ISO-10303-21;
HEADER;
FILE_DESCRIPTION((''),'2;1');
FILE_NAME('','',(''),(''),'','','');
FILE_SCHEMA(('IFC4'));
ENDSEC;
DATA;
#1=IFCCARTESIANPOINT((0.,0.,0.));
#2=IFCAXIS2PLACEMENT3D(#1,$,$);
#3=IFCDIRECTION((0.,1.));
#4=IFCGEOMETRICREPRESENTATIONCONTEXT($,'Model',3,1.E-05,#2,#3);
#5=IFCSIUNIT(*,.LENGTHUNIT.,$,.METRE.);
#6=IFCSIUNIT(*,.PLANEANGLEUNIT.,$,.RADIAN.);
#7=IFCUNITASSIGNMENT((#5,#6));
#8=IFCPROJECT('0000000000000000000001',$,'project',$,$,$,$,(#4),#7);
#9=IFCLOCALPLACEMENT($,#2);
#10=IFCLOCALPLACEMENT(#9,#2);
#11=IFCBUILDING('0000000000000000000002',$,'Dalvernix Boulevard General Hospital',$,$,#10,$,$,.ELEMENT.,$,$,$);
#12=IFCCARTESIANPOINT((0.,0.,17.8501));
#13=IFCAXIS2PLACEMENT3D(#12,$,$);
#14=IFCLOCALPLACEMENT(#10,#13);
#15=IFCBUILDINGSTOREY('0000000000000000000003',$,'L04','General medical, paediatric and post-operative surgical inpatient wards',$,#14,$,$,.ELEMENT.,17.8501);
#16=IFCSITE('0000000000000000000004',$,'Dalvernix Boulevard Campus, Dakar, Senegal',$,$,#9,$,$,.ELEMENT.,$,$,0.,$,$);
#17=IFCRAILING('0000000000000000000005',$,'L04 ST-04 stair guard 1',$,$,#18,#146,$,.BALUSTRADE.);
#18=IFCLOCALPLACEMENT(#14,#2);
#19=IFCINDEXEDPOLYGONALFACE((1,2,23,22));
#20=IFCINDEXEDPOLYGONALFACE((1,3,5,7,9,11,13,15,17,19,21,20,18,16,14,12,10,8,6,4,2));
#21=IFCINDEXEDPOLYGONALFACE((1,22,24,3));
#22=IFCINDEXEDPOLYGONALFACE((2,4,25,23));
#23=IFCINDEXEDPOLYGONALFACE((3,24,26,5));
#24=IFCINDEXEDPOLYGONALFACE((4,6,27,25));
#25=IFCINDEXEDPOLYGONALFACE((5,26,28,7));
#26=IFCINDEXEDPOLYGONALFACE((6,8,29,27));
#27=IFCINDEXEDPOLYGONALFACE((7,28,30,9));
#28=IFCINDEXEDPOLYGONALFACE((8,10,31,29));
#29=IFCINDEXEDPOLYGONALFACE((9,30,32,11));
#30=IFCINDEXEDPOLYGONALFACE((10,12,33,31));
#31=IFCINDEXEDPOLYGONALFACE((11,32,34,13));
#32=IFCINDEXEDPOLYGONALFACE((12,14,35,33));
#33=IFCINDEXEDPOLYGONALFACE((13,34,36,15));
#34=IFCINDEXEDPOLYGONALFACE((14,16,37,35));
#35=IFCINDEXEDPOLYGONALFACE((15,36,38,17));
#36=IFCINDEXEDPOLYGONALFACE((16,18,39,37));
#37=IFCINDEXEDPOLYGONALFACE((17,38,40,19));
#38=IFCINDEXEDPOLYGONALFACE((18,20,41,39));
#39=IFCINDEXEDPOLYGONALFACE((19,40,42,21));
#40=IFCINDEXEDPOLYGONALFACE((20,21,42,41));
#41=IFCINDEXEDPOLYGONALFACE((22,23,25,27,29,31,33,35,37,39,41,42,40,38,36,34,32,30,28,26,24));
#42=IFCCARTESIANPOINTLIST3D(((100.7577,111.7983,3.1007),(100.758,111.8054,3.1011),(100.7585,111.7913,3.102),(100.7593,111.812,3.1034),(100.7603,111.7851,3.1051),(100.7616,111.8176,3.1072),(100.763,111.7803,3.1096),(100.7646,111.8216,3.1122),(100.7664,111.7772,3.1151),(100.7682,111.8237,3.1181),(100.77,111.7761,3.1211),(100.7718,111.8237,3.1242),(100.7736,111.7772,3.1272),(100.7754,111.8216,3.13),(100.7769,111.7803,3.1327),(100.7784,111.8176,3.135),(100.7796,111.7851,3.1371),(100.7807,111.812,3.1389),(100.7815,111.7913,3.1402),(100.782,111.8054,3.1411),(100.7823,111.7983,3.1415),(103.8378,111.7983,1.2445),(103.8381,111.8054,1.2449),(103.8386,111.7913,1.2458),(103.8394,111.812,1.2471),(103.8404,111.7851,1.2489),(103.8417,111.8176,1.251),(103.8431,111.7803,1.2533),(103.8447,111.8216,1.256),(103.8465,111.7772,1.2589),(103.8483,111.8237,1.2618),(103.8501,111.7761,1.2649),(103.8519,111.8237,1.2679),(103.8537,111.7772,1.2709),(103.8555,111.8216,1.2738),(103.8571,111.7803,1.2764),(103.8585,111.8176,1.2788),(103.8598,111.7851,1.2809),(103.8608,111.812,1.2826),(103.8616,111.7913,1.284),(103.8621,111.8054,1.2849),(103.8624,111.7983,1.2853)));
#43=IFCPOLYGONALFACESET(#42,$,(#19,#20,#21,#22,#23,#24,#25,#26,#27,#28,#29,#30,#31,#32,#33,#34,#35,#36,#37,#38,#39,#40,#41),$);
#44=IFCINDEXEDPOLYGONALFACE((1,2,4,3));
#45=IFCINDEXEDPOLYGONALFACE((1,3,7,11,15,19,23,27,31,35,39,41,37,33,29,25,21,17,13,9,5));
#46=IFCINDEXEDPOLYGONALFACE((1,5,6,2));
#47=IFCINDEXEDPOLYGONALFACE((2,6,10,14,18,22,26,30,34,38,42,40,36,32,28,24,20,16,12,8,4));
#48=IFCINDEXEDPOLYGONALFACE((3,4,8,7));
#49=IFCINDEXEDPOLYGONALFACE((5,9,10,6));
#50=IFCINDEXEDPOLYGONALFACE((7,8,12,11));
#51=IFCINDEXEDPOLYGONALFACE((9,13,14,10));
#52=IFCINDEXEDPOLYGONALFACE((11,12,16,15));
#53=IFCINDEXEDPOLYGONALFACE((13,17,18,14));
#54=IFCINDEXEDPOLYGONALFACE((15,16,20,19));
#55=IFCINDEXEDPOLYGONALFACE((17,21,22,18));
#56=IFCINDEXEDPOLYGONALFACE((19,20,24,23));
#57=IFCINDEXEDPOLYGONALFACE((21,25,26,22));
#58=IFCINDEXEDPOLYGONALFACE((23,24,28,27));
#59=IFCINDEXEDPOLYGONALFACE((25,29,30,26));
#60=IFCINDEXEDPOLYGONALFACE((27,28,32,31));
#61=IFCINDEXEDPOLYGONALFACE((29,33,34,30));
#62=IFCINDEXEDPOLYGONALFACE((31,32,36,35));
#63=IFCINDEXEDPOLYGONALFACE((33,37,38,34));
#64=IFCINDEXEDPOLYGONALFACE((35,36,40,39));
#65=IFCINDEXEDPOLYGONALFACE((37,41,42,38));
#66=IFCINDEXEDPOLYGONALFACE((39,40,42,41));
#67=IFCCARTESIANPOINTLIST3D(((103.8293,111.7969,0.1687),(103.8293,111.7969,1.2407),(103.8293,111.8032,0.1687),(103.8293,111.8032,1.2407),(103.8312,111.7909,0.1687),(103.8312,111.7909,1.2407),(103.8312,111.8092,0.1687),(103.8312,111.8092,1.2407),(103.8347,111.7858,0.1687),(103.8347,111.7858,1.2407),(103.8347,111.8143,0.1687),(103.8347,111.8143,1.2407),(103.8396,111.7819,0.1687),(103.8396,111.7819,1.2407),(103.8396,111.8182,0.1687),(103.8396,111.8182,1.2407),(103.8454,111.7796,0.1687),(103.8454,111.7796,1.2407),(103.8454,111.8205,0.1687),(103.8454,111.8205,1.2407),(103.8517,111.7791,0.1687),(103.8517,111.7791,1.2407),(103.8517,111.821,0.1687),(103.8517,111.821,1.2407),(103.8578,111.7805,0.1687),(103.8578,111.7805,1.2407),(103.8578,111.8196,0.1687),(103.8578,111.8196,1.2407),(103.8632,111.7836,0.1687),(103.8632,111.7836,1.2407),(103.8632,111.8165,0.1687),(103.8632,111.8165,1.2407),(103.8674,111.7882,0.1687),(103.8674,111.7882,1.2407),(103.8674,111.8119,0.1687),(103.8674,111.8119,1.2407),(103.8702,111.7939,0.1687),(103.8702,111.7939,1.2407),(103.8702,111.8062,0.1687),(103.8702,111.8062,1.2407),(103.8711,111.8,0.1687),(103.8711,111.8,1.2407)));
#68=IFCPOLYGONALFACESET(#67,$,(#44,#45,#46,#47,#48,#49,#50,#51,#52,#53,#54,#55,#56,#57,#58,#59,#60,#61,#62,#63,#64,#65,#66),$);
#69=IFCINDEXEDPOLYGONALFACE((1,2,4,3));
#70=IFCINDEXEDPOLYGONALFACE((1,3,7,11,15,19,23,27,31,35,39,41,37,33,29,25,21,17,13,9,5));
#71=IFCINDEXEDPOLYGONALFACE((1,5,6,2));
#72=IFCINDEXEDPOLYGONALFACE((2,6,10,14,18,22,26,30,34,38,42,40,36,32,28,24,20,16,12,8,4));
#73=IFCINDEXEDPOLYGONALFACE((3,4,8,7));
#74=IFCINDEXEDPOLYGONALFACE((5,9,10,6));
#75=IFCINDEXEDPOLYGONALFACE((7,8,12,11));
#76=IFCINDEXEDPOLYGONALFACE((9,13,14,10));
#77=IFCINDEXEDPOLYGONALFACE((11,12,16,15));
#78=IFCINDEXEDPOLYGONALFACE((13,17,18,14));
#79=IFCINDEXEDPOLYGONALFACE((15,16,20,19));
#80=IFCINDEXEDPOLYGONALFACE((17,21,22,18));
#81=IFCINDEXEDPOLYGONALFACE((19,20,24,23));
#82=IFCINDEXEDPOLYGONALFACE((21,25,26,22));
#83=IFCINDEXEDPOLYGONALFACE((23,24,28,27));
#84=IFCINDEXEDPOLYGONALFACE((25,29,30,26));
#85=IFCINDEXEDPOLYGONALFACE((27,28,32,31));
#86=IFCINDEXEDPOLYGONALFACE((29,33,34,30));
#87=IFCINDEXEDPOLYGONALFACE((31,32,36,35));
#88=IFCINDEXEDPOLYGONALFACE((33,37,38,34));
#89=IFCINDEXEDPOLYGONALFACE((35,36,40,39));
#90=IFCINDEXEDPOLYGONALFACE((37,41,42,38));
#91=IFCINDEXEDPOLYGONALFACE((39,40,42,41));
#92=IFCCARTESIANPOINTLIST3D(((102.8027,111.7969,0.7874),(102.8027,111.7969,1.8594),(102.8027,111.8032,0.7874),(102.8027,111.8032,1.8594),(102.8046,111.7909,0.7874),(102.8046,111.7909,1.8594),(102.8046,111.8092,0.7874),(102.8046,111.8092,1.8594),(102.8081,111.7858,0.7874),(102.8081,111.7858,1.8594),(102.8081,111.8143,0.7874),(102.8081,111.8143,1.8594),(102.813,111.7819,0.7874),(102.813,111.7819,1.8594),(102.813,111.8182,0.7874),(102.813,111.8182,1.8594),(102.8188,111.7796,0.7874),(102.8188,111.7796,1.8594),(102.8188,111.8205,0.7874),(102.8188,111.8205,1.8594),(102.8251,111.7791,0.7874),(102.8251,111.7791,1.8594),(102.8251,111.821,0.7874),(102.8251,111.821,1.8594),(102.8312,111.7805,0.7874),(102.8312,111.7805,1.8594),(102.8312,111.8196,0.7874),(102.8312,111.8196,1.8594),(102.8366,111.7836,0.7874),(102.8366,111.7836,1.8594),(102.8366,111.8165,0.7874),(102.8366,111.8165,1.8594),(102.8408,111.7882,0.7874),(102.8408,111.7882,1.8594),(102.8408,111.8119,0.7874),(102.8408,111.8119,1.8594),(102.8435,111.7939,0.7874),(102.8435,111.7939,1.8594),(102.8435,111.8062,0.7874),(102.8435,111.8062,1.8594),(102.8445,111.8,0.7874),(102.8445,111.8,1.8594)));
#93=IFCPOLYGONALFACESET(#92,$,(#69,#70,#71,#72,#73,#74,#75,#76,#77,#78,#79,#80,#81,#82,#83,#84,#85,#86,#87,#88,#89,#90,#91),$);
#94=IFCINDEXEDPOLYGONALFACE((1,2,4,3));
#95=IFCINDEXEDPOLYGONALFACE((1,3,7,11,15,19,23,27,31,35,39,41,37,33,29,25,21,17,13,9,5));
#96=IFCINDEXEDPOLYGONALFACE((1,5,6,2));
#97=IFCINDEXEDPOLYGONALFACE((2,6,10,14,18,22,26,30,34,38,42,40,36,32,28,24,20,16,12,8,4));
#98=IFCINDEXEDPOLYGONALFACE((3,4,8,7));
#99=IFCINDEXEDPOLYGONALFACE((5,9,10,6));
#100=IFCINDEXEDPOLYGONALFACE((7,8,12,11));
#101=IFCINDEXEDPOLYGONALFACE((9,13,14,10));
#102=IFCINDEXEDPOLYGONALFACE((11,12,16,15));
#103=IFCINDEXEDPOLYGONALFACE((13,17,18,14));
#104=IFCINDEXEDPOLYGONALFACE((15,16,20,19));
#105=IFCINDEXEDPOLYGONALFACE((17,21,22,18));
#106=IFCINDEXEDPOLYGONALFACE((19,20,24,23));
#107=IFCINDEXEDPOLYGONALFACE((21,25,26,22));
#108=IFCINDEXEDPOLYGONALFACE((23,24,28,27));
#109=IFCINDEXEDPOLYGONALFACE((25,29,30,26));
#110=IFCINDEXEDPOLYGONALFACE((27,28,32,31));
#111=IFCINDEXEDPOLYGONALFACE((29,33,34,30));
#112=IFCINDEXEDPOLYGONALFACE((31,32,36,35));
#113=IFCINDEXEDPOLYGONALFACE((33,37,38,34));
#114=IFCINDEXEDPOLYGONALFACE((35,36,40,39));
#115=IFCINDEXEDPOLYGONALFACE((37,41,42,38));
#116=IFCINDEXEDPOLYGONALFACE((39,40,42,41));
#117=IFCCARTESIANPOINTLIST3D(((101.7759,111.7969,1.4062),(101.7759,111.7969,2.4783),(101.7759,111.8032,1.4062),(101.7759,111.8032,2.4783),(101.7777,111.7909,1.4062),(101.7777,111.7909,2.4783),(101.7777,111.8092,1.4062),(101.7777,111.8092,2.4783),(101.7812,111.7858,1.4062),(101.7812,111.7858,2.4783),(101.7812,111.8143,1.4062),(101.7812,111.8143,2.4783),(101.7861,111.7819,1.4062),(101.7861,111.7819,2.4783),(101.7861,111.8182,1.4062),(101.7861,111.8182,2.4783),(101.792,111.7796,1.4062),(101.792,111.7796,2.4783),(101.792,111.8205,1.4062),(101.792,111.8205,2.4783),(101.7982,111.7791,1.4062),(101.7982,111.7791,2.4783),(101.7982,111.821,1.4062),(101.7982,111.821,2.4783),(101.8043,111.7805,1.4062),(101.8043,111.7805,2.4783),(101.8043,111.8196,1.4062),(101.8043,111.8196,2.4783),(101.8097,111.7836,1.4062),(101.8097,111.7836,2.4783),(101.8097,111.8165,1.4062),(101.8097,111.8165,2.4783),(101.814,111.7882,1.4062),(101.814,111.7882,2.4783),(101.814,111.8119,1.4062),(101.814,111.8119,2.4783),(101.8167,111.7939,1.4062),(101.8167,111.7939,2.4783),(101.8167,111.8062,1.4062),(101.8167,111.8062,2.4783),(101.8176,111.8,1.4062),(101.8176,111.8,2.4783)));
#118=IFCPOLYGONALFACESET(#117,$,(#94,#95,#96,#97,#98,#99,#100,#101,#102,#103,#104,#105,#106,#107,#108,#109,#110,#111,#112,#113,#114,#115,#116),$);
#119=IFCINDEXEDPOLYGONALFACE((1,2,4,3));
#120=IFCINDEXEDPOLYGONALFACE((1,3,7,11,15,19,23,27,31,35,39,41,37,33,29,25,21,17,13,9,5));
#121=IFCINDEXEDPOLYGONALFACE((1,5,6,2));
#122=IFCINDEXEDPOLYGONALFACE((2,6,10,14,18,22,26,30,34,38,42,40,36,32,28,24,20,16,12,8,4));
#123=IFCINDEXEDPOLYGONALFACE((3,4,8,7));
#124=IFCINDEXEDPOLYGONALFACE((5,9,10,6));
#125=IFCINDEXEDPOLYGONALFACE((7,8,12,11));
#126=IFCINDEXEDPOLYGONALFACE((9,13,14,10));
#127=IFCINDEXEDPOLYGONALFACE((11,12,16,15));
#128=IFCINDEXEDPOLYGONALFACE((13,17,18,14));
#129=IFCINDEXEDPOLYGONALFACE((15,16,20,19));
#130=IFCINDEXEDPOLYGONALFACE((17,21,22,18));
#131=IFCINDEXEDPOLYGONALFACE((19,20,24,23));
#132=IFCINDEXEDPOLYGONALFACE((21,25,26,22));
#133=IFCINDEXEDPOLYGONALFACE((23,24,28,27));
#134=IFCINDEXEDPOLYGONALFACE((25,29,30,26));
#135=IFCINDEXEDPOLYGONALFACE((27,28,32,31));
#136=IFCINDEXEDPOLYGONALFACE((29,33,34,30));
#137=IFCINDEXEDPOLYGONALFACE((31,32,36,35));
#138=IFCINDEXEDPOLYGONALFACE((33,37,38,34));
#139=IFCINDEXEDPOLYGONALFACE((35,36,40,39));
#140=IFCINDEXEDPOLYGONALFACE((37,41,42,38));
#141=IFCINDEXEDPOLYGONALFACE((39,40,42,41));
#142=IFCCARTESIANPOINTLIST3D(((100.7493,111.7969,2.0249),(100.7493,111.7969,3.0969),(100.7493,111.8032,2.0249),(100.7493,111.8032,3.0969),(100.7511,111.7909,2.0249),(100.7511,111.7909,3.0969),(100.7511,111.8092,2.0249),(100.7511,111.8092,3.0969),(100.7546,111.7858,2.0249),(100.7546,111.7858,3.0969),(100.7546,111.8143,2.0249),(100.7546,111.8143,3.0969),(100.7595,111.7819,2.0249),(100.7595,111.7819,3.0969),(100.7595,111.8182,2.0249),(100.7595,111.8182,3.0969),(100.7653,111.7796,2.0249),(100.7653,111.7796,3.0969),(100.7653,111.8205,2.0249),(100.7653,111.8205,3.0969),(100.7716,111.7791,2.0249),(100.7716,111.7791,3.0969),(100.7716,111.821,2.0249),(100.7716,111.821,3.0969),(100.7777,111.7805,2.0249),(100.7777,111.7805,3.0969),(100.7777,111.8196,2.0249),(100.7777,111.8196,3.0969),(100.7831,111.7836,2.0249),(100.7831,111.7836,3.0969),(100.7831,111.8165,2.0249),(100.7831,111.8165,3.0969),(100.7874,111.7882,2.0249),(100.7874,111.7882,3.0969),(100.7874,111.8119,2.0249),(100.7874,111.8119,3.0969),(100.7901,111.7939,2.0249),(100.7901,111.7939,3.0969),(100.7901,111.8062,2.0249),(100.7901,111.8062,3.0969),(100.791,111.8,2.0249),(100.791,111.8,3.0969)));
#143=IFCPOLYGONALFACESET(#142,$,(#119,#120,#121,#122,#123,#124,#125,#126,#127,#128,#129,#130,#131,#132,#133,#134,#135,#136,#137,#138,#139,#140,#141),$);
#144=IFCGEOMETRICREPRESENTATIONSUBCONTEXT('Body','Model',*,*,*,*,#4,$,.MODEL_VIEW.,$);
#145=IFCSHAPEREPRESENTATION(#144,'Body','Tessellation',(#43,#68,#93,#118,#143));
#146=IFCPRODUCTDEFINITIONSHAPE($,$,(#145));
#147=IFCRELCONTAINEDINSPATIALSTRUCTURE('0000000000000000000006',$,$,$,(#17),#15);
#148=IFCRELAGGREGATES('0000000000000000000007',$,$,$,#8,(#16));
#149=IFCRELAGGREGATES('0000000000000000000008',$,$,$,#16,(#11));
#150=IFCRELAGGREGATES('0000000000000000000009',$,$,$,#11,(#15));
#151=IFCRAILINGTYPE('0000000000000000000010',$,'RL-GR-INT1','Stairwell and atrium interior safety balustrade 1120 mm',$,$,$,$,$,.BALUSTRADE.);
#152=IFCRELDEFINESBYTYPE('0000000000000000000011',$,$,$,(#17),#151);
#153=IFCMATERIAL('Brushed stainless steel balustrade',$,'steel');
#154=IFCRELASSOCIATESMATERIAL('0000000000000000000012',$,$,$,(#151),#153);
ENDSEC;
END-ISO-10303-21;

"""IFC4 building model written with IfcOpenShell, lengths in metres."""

from ifc_helpers import new_model, si_unit, direction, frame, origin, origin_2d, place, context, subcontext, project, spatial, circle, extrude, material, type_object, element, save


model = new_model("IFC4")

# Units and contexts
model_context = context("Model", 3, precision=1e-05, world=origin(), true_north=direction((0.0, 1.0)))
body_context = subcontext(model_context, "Body", "Model", "MODEL_VIEW")
ifc_project = project(units=[si_unit("LENGTHUNIT", "METRE"), si_unit("PLANEANGLEUNIT", "RADIAN")], contexts=[model_context])

# Site, building, storey
site_placement = place(None, origin())
site = spatial("IfcSite", under=ifc_project, at=site_placement, Name="Dalvernix Boulevard Campus, Dakar, Senegal", CompositionType="ELEMENT", RefElevation=0.0)
building_placement = place(site_placement, origin())
building = spatial("IfcBuilding", under=site, at=building_placement, Name="Dalvernix Boulevard General Hospital", CompositionType="ELEMENT")
storey_placement = place(building_placement, frame((0.0, 0.0, 17.8501)))
storey = spatial("IfcBuildingStorey", under=building, at=storey_placement, Name="L04", Description="General medical, paediatric and post-operative surgical inpatient wards", CompositionType="ELEMENT", Elevation=17.8501)

# Railing
ifc_material_1 = material(Name="Brushed stainless steel balustrade", Category="steel")
railing_type_1 = type_object("IfcRailingType", Name="RL-GR-INT1", Description="Stairwell and atrium interior safety balustrade 1120 mm", PredefinedType="BALUSTRADE", material=ifc_material_1)
railing_1_placement = place(storey_placement, frame((103.8501, 111.8, 0.1687)))
element("IfcRailing", 1, at=railing_1_placement, inside=storey, type_object=railing_type_1, Name="L04 ST-04 stair guard 1", PredefinedType="BALUSTRADE", context=body_context, shape_type="SweptSolid", body=[
    extrude(circle(Radius=0.0239, at=origin_2d()), frame((0.0, 0.0, 1.0962), z_axis=(-0.856491, 0.0, 0.516162), x_axis=(0.0, -1.0, 0.0)), (0.0, 0.0, 1.0), 3.5962),
    extrude(circle(Radius=0.021, at=origin_2d()), origin(), (0.0, 0.0, 1.0), 1.072),
    extrude(circle(Radius=0.021, at=origin_2d()), frame((-1.0266, 0.0, 0.6187)), (0.0, 0.0, 1.0), 1.072),
    extrude(circle(Radius=0.021, at=origin_2d()), frame((-2.0535, 0.0, 1.2375)), (0.0, 0.0, 1.0), 1.072),
    extrude(circle(Radius=0.021, at=origin_2d()), frame((-3.0801, 0.0, 1.8562)), (0.0, 0.0, 1.0), 1.072),
])

save(model, "model.ifc")
